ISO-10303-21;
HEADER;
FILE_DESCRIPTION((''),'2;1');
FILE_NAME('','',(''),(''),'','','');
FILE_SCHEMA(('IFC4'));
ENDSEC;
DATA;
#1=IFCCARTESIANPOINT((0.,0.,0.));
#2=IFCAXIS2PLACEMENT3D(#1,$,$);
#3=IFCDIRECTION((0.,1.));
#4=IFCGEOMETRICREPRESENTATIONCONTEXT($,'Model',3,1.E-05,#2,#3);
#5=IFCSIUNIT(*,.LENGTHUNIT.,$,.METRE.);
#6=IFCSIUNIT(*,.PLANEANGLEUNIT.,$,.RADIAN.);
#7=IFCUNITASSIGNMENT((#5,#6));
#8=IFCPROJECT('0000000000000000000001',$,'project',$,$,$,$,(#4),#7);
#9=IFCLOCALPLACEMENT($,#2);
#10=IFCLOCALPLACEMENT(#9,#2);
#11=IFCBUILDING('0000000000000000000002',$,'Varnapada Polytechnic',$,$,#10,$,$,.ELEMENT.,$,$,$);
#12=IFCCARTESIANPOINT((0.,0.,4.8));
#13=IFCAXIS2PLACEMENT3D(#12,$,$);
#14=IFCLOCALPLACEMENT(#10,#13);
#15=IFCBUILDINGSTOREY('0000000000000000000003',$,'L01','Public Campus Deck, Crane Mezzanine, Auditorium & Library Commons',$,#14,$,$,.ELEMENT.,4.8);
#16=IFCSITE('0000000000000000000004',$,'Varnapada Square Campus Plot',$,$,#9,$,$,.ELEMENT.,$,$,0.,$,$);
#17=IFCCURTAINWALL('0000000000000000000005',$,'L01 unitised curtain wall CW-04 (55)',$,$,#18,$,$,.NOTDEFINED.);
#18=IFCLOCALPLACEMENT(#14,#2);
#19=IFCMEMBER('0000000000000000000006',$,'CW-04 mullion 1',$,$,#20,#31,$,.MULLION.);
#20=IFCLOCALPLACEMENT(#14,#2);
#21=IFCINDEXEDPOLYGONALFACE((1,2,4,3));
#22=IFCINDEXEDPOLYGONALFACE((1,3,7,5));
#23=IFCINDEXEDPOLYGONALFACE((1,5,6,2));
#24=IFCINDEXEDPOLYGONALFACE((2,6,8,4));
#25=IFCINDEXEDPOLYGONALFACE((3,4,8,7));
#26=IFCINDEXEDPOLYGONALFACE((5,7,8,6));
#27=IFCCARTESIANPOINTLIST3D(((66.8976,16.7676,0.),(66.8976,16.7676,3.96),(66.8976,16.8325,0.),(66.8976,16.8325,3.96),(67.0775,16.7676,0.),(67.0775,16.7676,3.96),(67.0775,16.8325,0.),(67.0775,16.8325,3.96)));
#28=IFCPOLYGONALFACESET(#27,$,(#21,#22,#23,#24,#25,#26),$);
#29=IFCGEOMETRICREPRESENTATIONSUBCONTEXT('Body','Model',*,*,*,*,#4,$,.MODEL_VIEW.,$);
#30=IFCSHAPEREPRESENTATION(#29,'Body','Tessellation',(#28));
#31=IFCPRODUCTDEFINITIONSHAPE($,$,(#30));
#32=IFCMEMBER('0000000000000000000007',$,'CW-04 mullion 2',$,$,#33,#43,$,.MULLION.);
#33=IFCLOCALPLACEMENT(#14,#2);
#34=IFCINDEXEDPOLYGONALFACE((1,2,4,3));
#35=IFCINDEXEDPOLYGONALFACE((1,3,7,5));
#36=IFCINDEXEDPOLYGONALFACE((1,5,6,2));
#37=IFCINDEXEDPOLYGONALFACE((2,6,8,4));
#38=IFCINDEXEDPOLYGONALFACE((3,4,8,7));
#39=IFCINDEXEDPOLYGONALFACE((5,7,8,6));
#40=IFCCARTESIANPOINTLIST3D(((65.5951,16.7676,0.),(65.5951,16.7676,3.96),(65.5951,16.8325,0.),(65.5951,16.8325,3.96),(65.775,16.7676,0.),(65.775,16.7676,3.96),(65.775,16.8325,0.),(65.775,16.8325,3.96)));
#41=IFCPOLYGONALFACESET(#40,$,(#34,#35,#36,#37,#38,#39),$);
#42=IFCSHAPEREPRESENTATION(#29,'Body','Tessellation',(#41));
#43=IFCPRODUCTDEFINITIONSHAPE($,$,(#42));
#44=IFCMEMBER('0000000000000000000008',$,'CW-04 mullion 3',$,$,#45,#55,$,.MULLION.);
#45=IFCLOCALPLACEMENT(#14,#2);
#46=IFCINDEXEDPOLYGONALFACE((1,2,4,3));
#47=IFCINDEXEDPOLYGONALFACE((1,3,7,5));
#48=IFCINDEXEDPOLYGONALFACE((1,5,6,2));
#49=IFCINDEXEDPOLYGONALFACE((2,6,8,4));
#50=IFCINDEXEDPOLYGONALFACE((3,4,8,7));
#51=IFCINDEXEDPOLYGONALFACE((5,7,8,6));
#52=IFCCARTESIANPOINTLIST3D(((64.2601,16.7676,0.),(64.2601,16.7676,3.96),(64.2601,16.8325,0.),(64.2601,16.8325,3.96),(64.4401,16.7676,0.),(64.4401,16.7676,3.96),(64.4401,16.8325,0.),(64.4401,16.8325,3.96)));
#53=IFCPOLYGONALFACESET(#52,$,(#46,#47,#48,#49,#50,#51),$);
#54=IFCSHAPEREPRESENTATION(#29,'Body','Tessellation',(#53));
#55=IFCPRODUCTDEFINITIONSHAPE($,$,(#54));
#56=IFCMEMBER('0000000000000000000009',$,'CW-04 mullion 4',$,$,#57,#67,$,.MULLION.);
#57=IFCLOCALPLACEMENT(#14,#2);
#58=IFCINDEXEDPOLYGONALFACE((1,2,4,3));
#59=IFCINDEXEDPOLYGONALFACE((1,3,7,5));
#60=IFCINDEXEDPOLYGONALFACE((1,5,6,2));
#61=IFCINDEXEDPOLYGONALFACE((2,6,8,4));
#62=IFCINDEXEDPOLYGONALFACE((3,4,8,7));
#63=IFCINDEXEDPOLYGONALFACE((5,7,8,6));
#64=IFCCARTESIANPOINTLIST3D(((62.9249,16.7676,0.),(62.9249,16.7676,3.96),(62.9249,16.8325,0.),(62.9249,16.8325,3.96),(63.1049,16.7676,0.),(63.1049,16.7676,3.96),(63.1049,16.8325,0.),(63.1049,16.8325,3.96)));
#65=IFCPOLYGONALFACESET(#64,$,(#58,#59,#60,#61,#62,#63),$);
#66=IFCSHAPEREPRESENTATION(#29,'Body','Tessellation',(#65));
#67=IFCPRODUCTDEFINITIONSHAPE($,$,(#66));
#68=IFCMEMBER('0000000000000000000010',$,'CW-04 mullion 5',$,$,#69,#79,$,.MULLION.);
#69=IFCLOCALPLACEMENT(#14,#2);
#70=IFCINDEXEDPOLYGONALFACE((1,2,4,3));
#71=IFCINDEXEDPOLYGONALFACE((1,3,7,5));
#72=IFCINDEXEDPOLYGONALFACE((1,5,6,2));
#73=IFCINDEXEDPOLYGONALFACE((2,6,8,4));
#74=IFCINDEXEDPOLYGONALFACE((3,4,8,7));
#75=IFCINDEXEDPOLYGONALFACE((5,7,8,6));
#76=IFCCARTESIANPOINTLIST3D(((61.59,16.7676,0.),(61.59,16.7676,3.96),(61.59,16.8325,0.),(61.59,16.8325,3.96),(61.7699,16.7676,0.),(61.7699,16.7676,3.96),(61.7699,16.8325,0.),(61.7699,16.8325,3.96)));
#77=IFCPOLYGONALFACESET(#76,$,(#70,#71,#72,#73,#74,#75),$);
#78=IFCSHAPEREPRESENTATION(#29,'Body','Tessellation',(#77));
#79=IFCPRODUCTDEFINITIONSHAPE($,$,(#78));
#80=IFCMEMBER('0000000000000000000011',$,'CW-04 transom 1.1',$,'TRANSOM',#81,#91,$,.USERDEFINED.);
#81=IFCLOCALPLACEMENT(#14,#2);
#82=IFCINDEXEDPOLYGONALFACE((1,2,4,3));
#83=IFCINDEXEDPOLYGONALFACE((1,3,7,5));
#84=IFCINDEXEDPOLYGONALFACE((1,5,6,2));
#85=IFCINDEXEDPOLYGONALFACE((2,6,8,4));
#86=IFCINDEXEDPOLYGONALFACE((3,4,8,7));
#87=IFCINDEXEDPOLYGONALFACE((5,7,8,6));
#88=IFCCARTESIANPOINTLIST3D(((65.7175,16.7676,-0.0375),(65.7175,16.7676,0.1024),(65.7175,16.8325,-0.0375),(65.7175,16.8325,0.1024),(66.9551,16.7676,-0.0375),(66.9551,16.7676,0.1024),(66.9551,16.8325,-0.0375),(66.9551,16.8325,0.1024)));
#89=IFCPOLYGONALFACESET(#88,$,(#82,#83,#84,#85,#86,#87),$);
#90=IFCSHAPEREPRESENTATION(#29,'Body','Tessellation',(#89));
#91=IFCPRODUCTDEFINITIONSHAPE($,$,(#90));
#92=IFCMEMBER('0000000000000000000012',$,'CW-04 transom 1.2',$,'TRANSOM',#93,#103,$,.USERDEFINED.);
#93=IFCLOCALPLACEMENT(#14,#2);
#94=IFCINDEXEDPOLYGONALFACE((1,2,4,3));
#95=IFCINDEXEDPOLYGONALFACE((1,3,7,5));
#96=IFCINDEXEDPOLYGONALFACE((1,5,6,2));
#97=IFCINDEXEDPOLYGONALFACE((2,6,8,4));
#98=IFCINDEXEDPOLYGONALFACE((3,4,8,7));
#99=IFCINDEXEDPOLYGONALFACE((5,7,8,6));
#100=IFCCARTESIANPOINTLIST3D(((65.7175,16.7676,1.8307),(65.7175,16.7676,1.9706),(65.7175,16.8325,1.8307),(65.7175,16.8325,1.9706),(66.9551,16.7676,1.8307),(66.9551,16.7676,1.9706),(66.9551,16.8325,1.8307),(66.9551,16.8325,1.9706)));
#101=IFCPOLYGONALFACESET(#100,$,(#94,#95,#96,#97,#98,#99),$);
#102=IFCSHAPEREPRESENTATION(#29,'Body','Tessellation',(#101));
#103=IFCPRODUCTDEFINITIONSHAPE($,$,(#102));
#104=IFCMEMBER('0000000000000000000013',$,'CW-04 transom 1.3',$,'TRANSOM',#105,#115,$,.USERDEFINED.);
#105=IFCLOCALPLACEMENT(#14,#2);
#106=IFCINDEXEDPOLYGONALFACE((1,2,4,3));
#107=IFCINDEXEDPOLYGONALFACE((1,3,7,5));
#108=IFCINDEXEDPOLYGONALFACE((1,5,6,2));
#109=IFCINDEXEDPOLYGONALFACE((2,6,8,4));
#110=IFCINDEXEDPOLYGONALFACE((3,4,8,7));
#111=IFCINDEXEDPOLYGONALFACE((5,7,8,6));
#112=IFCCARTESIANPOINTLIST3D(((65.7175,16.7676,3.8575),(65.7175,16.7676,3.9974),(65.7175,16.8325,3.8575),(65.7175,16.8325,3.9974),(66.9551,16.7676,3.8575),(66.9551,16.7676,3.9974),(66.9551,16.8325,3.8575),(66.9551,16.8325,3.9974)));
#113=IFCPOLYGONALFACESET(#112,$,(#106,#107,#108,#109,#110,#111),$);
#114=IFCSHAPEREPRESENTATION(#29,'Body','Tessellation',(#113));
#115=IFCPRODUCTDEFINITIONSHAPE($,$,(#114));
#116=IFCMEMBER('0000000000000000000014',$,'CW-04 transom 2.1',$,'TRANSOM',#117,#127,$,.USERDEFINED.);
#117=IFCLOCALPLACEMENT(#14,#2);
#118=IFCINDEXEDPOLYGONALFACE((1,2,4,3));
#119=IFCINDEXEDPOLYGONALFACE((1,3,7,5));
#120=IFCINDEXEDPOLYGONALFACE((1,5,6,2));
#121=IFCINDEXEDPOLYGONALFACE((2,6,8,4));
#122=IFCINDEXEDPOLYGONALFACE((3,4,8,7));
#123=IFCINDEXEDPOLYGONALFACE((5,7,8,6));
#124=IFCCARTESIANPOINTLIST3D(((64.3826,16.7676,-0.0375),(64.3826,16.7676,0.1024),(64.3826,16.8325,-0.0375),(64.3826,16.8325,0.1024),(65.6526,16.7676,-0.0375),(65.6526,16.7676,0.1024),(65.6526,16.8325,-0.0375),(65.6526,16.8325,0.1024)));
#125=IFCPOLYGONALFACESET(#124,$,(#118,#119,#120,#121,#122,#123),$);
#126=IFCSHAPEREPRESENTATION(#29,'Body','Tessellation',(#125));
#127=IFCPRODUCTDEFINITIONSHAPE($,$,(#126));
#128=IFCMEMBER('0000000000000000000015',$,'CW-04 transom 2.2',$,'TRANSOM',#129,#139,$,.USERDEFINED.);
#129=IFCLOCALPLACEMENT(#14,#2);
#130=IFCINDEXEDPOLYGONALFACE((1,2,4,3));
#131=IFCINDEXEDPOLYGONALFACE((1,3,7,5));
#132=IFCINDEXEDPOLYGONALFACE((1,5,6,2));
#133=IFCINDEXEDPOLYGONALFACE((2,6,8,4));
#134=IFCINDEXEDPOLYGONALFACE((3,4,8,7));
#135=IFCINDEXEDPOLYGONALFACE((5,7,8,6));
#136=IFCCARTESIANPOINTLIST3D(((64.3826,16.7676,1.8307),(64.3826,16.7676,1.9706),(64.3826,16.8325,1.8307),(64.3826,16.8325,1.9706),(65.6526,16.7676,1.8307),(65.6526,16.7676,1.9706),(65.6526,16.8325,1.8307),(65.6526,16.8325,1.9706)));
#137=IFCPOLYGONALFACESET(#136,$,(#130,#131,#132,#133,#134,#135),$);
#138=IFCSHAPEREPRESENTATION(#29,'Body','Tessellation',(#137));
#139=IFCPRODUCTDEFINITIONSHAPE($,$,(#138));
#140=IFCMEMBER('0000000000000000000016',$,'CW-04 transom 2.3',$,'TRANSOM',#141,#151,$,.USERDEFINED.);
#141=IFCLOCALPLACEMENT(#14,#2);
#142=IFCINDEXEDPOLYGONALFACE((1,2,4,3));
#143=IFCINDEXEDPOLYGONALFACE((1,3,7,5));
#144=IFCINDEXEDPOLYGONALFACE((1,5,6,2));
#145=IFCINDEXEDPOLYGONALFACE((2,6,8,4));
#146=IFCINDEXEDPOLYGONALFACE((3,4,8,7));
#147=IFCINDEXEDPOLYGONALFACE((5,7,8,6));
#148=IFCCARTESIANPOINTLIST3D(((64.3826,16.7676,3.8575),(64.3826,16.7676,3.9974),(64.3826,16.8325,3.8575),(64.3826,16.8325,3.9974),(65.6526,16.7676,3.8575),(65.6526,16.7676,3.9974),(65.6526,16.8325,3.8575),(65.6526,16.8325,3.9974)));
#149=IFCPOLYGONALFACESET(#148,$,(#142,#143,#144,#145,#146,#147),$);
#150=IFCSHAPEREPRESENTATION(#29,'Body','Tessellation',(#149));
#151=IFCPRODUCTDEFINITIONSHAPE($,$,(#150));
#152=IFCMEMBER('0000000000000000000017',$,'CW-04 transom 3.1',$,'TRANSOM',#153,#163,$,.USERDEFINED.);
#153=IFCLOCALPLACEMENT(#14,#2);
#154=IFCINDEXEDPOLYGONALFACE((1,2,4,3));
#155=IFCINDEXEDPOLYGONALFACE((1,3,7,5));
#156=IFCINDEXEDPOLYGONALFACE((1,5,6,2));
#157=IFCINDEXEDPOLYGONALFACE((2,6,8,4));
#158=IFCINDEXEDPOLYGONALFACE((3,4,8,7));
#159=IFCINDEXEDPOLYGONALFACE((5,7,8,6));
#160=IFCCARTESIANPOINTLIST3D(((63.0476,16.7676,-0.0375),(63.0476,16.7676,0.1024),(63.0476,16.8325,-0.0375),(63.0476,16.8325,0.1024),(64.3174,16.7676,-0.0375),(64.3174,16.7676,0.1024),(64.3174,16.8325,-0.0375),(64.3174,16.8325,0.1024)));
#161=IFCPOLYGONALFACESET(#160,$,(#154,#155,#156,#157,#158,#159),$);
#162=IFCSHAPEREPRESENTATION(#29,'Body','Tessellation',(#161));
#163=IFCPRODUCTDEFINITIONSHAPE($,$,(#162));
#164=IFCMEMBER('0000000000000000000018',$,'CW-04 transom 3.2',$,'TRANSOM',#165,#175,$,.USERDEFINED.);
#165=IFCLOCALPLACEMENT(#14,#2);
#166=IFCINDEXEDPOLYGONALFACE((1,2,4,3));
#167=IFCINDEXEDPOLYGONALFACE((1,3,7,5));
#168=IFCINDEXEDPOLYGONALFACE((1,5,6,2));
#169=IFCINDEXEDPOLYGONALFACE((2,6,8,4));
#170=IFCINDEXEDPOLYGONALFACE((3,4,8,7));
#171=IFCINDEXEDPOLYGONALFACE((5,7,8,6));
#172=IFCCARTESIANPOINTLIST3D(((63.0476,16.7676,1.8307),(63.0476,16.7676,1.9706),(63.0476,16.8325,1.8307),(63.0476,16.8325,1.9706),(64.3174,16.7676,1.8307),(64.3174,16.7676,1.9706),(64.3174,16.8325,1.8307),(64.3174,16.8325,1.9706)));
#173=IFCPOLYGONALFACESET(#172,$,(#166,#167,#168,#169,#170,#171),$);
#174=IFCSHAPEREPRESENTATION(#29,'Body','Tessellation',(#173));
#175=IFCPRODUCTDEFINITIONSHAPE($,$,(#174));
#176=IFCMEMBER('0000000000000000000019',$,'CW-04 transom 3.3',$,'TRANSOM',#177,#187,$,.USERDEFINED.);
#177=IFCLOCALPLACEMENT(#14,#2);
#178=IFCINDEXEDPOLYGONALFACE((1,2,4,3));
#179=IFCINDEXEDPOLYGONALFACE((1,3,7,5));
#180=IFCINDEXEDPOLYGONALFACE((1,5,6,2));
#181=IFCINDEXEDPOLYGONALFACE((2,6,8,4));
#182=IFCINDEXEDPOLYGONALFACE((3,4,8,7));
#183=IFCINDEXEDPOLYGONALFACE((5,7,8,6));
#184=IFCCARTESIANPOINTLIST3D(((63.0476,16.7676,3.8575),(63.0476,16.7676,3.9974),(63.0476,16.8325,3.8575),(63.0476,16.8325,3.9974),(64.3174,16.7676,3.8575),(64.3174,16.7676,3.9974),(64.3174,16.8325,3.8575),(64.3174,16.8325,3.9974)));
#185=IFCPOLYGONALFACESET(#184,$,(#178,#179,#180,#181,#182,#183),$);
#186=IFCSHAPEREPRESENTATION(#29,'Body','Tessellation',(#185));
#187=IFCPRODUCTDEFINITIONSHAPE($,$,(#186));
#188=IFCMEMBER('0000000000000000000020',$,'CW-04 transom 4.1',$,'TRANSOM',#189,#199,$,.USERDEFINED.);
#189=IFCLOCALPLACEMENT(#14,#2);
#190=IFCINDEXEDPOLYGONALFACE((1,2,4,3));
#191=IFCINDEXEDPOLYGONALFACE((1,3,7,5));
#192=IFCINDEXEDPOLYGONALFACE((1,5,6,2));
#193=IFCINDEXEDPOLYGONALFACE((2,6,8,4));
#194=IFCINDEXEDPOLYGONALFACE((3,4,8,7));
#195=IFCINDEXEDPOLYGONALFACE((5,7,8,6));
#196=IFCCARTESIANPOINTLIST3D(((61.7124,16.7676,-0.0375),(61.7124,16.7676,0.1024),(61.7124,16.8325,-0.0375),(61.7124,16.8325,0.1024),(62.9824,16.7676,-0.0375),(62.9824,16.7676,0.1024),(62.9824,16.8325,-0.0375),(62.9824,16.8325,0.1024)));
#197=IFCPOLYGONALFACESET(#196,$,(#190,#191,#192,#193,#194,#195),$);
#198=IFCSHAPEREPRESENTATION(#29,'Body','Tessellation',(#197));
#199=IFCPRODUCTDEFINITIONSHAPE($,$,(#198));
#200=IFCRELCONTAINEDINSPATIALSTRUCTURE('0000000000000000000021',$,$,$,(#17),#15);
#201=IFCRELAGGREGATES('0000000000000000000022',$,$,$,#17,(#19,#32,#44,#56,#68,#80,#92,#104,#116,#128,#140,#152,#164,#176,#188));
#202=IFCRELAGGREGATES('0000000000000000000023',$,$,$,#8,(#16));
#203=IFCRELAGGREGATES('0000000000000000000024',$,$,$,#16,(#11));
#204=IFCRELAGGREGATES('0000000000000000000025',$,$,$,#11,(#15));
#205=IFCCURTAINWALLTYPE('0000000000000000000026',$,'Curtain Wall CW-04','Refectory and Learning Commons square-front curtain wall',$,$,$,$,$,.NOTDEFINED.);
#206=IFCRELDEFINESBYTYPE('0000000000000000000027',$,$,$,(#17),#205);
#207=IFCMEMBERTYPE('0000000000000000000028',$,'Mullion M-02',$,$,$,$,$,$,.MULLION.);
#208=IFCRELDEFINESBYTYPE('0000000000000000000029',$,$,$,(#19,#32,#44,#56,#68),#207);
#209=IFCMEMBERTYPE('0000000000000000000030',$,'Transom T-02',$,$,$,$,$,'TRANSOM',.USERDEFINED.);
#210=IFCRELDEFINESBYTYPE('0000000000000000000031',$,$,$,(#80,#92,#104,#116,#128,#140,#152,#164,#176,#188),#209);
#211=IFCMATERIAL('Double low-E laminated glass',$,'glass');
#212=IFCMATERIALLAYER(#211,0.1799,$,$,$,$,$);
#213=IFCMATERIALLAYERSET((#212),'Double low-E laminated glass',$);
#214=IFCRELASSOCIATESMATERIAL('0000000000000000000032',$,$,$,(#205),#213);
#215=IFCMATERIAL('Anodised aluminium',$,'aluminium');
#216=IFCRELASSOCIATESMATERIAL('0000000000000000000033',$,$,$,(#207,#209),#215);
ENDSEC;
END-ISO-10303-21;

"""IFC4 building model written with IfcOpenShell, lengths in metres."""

from ifc_helpers import new_model, si_unit, direction, frame, origin, origin_2d, place, context, subcontext, project, spatial, rectangle, extrude, material, layer, layer_set, material_profile, profile_set, type_object, element, aggregate, save


model = new_model("IFC4")

# Units and contexts
model_context = context("Model", 3, precision=1e-05, world=origin(), true_north=direction((0.0, 1.0)))
body_context = subcontext(model_context, "Body", "Model", "MODEL_VIEW")
ifc_project = project(units=[si_unit("LENGTHUNIT", "METRE"), si_unit("PLANEANGLEUNIT", "RADIAN")], contexts=[model_context])

# Site, building, storey
site_placement = place(None, origin())
site = spatial("IfcSite", under=ifc_project, at=site_placement, Name="Varnapada Square Campus Plot", CompositionType="ELEMENT", RefElevation=0.0)
building_placement = place(site_placement, origin())
building = spatial("IfcBuilding", under=site, at=building_placement, Name="Varnapada Polytechnic", CompositionType="ELEMENT")
storey_placement = place(building_placement, frame((0.0, 0.0, 4.8)))
storey = spatial("IfcBuildingStorey", under=building, at=storey_placement, Name="L01", Description="Public Campus Deck, Crane Mezzanine, Auditorium & Library Commons", CompositionType="ELEMENT", Elevation=4.8)

# Curtain wall, members
ifc_material_1 = material(Name="Double low-E laminated glass", Category="glass")
ifc_layer_1 = layer(ifc_material_1, 0.1799)
ifc_layer_set_1 = layer_set([ifc_layer_1], Name="Double low-E laminated glass")
curtain_wall_type = type_object("IfcCurtainWallType", Name="Curtain Wall CW-04", Description="Refectory and Learning Commons square-front curtain wall", PredefinedType="NOTDEFINED", material=ifc_layer_set_1)
curtain_wall_placement = place(storey_placement, origin())
curtain_wall = element("IfcCurtainWall", 1, at=curtain_wall_placement, inside=storey, type_object=curtain_wall_type, Name="L01 unitised curtain wall CW-04 (55)", PredefinedType="NOTDEFINED")
ifc_material_2 = material(Name="Anodised aluminium", Category="aluminium")
ifc_material_profile_1 = material_profile(ifc_material_2, rectangle(XDim=0.0649, YDim=0.1799, at=origin_2d()), Name="ALU M65x180")
ifc_profile_set_1 = profile_set([ifc_material_profile_1], Name="Anodised aluminium")
member_type_1 = type_object("IfcMemberType", Name="Mullion M-02", PredefinedType="MULLION", material=ifc_profile_set_1)
member_1_placement = place(storey_placement, frame((66.9875, 16.8, 0.0), z_axis=(0.0, 0.0, 1.0), x_axis=(0.0, -1.0, 0.0)))
member_1 = element("IfcMember", 2, at=member_1_placement, type_object=member_type_1, Name="CW-04 mullion 1", PredefinedType="MULLION", context=body_context, shape_type="SweptSolid", body=[
    extrude(rectangle(XDim=0.0649, YDim=0.1799, at=origin_2d()), origin(), (0.0, 0.0, 1.0), 3.96),
])
member_2_placement = place(storey_placement, frame((65.6851, 16.8, 0.0), z_axis=(0.0, 0.0, 1.0), x_axis=(0.0, -1.0, 0.0)))
member_2 = element("IfcMember", 3, at=member_2_placement, type_object=member_type_1, Name="CW-04 mullion 2", PredefinedType="MULLION", context=body_context, shape_type="SweptSolid", body=[
    extrude(rectangle(XDim=0.0649, YDim=0.1799, at=origin_2d()), origin(), (0.0, 0.0, 1.0), 3.96),
])
member_3_placement = place(storey_placement, frame((64.3501, 16.8, 0.0), z_axis=(0.0, 0.0, 1.0), x_axis=(0.0, -1.0, 0.0)))
member_3 = element("IfcMember", 4, at=member_3_placement, type_object=member_type_1, Name="CW-04 mullion 3", PredefinedType="MULLION", context=body_context, shape_type="SweptSolid", body=[
    extrude(rectangle(XDim=0.0649, YDim=0.1799, at=origin_2d()), origin(), (0.0, 0.0, 1.0), 3.96),
])
member_4_placement = place(storey_placement, frame((63.0149, 16.8, 0.0), z_axis=(0.0, 0.0, 1.0), x_axis=(0.0, -1.0, 0.0)))
member_4 = element("IfcMember", 5, at=member_4_placement, type_object=member_type_1, Name="CW-04 mullion 4", PredefinedType="MULLION", context=body_context, shape_type="SweptSolid", body=[
    extrude(rectangle(XDim=0.0649, YDim=0.1799, at=origin_2d()), origin(), (0.0, 0.0, 1.0), 3.96),
])
member_5_placement = place(storey_placement, frame((61.6799, 16.8, 0.0), z_axis=(0.0, 0.0, 1.0), x_axis=(0.0, -1.0, 0.0)))
member_5 = element("IfcMember", 6, at=member_5_placement, type_object=member_type_1, Name="CW-04 mullion 5", PredefinedType="MULLION", context=body_context, shape_type="SweptSolid", body=[
    extrude(rectangle(XDim=0.0649, YDim=0.1799, at=origin_2d()), origin(), (0.0, 0.0, 1.0), 3.96),
])
ifc_material_profile_2 = material_profile(ifc_material_2, rectangle(XDim=0.0649, YDim=0.1399, at=origin_2d()), Name="ALU T65x140")
ifc_profile_set_2 = profile_set([ifc_material_profile_2], Name="Anodised aluminium")
member_type_2 = type_object("IfcMemberType", Name="Transom T-02", ElementType="TRANSOM", PredefinedType="USERDEFINED", material=ifc_profile_set_2)
member_6_placement = place(storey_placement, frame((66.9551, 16.8, 0.0325), z_axis=(-1.0, 0.0, 0.0), x_axis=(0.0, -1.0, 0.0)))
member_6 = element("IfcMember", 7, at=member_6_placement, type_object=member_type_2, Name="CW-04 transom 1.1", ObjectType="TRANSOM", PredefinedType="USERDEFINED", context=body_context, shape_type="SweptSolid", body=[
    extrude(rectangle(XDim=0.0649, YDim=0.1399, at=origin_2d()), origin(), (0.0, 0.0, 1.0), 1.2375),
])
member_7_placement = place(storey_placement, frame((66.9551, 16.8, 1.9006), z_axis=(-1.0, 0.0, 0.0), x_axis=(0.0, -1.0, 0.0)))
member_7 = element("IfcMember", 8, at=member_7_placement, type_object=member_type_2, Name="CW-04 transom 1.2", ObjectType="TRANSOM", PredefinedType="USERDEFINED", context=body_context, shape_type="SweptSolid", body=[
    extrude(rectangle(XDim=0.0649, YDim=0.1399, at=origin_2d()), origin(), (0.0, 0.0, 1.0), 1.2375),
])
member_8_placement = place(storey_placement, frame((66.9551, 16.8, 3.9275), z_axis=(-1.0, 0.0, 0.0), x_axis=(0.0, -1.0, 0.0)))
member_8 = element("IfcMember", 9, at=member_8_placement, type_object=member_type_2, Name="CW-04 transom 1.3", ObjectType="TRANSOM", PredefinedType="USERDEFINED", context=body_context, shape_type="SweptSolid", body=[
    extrude(rectangle(XDim=0.0649, YDim=0.1399, at=origin_2d()), origin(), (0.0, 0.0, 1.0), 1.2375),
])
member_9_placement = place(storey_placement, frame((65.6526, 16.8, 0.0325), z_axis=(-1.0, 0.0, 0.0), x_axis=(0.0, -1.0, 0.0)))
member_9 = element("IfcMember", 10, at=member_9_placement, type_object=member_type_2, Name="CW-04 transom 2.1", ObjectType="TRANSOM", PredefinedType="USERDEFINED", context=body_context, shape_type="SweptSolid", body=[
    extrude(rectangle(XDim=0.0649, YDim=0.1399, at=origin_2d()), origin(), (0.0, 0.0, 1.0), 1.27),
])
member_10_placement = place(storey_placement, frame((65.6526, 16.8, 1.9006), z_axis=(-1.0, 0.0, 0.0), x_axis=(0.0, -1.0, 0.0)))
member_10 = element("IfcMember", 11, at=member_10_placement, type_object=member_type_2, Name="CW-04 transom 2.2", ObjectType="TRANSOM", PredefinedType="USERDEFINED", context=body_context, shape_type="SweptSolid", body=[
    extrude(rectangle(XDim=0.0649, YDim=0.1399, at=origin_2d()), origin(), (0.0, 0.0, 1.0), 1.27),
])
member_11_placement = place(storey_placement, frame((65.6526, 16.8, 3.9275), z_axis=(-1.0, 0.0, 0.0), x_axis=(0.0, -1.0, 0.0)))
member_11 = element("IfcMember", 12, at=member_11_placement, type_object=member_type_2, Name="CW-04 transom 2.3", ObjectType="TRANSOM", PredefinedType="USERDEFINED", context=body_context, shape_type="SweptSolid", body=[
    extrude(rectangle(XDim=0.0649, YDim=0.1399, at=origin_2d()), origin(), (0.0, 0.0, 1.0), 1.27),
])
member_12_placement = place(storey_placement, frame((64.3174, 16.8, 0.0325), z_axis=(-1.0, 0.0, 0.0), x_axis=(0.0, -1.0, 0.0)))
member_12 = element("IfcMember", 13, at=member_12_placement, type_object=member_type_2, Name="CW-04 transom 3.1", ObjectType="TRANSOM", PredefinedType="USERDEFINED", context=body_context, shape_type="SweptSolid", body=[
    extrude(rectangle(XDim=0.0649, YDim=0.1399, at=origin_2d()), origin(), (0.0, 0.0, 1.0), 1.2698),
])
member_13_placement = place(storey_placement, frame((64.3174, 16.8, 1.9006), z_axis=(-1.0, 0.0, 0.0), x_axis=(0.0, -1.0, 0.0)))
member_13 = element("IfcMember", 14, at=member_13_placement, type_object=member_type_2, Name="CW-04 transom 3.2", ObjectType="TRANSOM", PredefinedType="USERDEFINED", context=body_context, shape_type="SweptSolid", body=[
    extrude(rectangle(XDim=0.0649, YDim=0.1399, at=origin_2d()), origin(), (0.0, 0.0, 1.0), 1.2698),
])
member_14_placement = place(storey_placement, frame((64.3174, 16.8, 3.9275), z_axis=(-1.0, 0.0, 0.0), x_axis=(0.0, -1.0, 0.0)))
member_14 = element("IfcMember", 15, at=member_14_placement, type_object=member_type_2, Name="CW-04 transom 3.3", ObjectType="TRANSOM", PredefinedType="USERDEFINED", context=body_context, shape_type="SweptSolid", body=[
    extrude(rectangle(XDim=0.0649, YDim=0.1399, at=origin_2d()), origin(), (0.0, 0.0, 1.0), 1.2698),
])
member_15_placement = place(storey_placement, frame((62.9824, 16.8, 0.0325), z_axis=(-1.0, 0.0, 0.0), x_axis=(0.0, -1.0, 0.0)))
member_15 = element("IfcMember", 16, at=member_15_placement, type_object=member_type_2, Name="CW-04 transom 4.1", ObjectType="TRANSOM", PredefinedType="USERDEFINED", context=body_context, shape_type="SweptSolid", body=[
    extrude(rectangle(XDim=0.0649, YDim=0.1399, at=origin_2d()), origin(), (0.0, 0.0, 1.0), 1.27),
])
aggregate(curtain_wall, [member_1, member_2, member_3, member_4, member_5, member_6, member_7, member_8, member_9, member_10, member_11, member_12, member_13, member_14, member_15])

save(model, "model.ifc")
